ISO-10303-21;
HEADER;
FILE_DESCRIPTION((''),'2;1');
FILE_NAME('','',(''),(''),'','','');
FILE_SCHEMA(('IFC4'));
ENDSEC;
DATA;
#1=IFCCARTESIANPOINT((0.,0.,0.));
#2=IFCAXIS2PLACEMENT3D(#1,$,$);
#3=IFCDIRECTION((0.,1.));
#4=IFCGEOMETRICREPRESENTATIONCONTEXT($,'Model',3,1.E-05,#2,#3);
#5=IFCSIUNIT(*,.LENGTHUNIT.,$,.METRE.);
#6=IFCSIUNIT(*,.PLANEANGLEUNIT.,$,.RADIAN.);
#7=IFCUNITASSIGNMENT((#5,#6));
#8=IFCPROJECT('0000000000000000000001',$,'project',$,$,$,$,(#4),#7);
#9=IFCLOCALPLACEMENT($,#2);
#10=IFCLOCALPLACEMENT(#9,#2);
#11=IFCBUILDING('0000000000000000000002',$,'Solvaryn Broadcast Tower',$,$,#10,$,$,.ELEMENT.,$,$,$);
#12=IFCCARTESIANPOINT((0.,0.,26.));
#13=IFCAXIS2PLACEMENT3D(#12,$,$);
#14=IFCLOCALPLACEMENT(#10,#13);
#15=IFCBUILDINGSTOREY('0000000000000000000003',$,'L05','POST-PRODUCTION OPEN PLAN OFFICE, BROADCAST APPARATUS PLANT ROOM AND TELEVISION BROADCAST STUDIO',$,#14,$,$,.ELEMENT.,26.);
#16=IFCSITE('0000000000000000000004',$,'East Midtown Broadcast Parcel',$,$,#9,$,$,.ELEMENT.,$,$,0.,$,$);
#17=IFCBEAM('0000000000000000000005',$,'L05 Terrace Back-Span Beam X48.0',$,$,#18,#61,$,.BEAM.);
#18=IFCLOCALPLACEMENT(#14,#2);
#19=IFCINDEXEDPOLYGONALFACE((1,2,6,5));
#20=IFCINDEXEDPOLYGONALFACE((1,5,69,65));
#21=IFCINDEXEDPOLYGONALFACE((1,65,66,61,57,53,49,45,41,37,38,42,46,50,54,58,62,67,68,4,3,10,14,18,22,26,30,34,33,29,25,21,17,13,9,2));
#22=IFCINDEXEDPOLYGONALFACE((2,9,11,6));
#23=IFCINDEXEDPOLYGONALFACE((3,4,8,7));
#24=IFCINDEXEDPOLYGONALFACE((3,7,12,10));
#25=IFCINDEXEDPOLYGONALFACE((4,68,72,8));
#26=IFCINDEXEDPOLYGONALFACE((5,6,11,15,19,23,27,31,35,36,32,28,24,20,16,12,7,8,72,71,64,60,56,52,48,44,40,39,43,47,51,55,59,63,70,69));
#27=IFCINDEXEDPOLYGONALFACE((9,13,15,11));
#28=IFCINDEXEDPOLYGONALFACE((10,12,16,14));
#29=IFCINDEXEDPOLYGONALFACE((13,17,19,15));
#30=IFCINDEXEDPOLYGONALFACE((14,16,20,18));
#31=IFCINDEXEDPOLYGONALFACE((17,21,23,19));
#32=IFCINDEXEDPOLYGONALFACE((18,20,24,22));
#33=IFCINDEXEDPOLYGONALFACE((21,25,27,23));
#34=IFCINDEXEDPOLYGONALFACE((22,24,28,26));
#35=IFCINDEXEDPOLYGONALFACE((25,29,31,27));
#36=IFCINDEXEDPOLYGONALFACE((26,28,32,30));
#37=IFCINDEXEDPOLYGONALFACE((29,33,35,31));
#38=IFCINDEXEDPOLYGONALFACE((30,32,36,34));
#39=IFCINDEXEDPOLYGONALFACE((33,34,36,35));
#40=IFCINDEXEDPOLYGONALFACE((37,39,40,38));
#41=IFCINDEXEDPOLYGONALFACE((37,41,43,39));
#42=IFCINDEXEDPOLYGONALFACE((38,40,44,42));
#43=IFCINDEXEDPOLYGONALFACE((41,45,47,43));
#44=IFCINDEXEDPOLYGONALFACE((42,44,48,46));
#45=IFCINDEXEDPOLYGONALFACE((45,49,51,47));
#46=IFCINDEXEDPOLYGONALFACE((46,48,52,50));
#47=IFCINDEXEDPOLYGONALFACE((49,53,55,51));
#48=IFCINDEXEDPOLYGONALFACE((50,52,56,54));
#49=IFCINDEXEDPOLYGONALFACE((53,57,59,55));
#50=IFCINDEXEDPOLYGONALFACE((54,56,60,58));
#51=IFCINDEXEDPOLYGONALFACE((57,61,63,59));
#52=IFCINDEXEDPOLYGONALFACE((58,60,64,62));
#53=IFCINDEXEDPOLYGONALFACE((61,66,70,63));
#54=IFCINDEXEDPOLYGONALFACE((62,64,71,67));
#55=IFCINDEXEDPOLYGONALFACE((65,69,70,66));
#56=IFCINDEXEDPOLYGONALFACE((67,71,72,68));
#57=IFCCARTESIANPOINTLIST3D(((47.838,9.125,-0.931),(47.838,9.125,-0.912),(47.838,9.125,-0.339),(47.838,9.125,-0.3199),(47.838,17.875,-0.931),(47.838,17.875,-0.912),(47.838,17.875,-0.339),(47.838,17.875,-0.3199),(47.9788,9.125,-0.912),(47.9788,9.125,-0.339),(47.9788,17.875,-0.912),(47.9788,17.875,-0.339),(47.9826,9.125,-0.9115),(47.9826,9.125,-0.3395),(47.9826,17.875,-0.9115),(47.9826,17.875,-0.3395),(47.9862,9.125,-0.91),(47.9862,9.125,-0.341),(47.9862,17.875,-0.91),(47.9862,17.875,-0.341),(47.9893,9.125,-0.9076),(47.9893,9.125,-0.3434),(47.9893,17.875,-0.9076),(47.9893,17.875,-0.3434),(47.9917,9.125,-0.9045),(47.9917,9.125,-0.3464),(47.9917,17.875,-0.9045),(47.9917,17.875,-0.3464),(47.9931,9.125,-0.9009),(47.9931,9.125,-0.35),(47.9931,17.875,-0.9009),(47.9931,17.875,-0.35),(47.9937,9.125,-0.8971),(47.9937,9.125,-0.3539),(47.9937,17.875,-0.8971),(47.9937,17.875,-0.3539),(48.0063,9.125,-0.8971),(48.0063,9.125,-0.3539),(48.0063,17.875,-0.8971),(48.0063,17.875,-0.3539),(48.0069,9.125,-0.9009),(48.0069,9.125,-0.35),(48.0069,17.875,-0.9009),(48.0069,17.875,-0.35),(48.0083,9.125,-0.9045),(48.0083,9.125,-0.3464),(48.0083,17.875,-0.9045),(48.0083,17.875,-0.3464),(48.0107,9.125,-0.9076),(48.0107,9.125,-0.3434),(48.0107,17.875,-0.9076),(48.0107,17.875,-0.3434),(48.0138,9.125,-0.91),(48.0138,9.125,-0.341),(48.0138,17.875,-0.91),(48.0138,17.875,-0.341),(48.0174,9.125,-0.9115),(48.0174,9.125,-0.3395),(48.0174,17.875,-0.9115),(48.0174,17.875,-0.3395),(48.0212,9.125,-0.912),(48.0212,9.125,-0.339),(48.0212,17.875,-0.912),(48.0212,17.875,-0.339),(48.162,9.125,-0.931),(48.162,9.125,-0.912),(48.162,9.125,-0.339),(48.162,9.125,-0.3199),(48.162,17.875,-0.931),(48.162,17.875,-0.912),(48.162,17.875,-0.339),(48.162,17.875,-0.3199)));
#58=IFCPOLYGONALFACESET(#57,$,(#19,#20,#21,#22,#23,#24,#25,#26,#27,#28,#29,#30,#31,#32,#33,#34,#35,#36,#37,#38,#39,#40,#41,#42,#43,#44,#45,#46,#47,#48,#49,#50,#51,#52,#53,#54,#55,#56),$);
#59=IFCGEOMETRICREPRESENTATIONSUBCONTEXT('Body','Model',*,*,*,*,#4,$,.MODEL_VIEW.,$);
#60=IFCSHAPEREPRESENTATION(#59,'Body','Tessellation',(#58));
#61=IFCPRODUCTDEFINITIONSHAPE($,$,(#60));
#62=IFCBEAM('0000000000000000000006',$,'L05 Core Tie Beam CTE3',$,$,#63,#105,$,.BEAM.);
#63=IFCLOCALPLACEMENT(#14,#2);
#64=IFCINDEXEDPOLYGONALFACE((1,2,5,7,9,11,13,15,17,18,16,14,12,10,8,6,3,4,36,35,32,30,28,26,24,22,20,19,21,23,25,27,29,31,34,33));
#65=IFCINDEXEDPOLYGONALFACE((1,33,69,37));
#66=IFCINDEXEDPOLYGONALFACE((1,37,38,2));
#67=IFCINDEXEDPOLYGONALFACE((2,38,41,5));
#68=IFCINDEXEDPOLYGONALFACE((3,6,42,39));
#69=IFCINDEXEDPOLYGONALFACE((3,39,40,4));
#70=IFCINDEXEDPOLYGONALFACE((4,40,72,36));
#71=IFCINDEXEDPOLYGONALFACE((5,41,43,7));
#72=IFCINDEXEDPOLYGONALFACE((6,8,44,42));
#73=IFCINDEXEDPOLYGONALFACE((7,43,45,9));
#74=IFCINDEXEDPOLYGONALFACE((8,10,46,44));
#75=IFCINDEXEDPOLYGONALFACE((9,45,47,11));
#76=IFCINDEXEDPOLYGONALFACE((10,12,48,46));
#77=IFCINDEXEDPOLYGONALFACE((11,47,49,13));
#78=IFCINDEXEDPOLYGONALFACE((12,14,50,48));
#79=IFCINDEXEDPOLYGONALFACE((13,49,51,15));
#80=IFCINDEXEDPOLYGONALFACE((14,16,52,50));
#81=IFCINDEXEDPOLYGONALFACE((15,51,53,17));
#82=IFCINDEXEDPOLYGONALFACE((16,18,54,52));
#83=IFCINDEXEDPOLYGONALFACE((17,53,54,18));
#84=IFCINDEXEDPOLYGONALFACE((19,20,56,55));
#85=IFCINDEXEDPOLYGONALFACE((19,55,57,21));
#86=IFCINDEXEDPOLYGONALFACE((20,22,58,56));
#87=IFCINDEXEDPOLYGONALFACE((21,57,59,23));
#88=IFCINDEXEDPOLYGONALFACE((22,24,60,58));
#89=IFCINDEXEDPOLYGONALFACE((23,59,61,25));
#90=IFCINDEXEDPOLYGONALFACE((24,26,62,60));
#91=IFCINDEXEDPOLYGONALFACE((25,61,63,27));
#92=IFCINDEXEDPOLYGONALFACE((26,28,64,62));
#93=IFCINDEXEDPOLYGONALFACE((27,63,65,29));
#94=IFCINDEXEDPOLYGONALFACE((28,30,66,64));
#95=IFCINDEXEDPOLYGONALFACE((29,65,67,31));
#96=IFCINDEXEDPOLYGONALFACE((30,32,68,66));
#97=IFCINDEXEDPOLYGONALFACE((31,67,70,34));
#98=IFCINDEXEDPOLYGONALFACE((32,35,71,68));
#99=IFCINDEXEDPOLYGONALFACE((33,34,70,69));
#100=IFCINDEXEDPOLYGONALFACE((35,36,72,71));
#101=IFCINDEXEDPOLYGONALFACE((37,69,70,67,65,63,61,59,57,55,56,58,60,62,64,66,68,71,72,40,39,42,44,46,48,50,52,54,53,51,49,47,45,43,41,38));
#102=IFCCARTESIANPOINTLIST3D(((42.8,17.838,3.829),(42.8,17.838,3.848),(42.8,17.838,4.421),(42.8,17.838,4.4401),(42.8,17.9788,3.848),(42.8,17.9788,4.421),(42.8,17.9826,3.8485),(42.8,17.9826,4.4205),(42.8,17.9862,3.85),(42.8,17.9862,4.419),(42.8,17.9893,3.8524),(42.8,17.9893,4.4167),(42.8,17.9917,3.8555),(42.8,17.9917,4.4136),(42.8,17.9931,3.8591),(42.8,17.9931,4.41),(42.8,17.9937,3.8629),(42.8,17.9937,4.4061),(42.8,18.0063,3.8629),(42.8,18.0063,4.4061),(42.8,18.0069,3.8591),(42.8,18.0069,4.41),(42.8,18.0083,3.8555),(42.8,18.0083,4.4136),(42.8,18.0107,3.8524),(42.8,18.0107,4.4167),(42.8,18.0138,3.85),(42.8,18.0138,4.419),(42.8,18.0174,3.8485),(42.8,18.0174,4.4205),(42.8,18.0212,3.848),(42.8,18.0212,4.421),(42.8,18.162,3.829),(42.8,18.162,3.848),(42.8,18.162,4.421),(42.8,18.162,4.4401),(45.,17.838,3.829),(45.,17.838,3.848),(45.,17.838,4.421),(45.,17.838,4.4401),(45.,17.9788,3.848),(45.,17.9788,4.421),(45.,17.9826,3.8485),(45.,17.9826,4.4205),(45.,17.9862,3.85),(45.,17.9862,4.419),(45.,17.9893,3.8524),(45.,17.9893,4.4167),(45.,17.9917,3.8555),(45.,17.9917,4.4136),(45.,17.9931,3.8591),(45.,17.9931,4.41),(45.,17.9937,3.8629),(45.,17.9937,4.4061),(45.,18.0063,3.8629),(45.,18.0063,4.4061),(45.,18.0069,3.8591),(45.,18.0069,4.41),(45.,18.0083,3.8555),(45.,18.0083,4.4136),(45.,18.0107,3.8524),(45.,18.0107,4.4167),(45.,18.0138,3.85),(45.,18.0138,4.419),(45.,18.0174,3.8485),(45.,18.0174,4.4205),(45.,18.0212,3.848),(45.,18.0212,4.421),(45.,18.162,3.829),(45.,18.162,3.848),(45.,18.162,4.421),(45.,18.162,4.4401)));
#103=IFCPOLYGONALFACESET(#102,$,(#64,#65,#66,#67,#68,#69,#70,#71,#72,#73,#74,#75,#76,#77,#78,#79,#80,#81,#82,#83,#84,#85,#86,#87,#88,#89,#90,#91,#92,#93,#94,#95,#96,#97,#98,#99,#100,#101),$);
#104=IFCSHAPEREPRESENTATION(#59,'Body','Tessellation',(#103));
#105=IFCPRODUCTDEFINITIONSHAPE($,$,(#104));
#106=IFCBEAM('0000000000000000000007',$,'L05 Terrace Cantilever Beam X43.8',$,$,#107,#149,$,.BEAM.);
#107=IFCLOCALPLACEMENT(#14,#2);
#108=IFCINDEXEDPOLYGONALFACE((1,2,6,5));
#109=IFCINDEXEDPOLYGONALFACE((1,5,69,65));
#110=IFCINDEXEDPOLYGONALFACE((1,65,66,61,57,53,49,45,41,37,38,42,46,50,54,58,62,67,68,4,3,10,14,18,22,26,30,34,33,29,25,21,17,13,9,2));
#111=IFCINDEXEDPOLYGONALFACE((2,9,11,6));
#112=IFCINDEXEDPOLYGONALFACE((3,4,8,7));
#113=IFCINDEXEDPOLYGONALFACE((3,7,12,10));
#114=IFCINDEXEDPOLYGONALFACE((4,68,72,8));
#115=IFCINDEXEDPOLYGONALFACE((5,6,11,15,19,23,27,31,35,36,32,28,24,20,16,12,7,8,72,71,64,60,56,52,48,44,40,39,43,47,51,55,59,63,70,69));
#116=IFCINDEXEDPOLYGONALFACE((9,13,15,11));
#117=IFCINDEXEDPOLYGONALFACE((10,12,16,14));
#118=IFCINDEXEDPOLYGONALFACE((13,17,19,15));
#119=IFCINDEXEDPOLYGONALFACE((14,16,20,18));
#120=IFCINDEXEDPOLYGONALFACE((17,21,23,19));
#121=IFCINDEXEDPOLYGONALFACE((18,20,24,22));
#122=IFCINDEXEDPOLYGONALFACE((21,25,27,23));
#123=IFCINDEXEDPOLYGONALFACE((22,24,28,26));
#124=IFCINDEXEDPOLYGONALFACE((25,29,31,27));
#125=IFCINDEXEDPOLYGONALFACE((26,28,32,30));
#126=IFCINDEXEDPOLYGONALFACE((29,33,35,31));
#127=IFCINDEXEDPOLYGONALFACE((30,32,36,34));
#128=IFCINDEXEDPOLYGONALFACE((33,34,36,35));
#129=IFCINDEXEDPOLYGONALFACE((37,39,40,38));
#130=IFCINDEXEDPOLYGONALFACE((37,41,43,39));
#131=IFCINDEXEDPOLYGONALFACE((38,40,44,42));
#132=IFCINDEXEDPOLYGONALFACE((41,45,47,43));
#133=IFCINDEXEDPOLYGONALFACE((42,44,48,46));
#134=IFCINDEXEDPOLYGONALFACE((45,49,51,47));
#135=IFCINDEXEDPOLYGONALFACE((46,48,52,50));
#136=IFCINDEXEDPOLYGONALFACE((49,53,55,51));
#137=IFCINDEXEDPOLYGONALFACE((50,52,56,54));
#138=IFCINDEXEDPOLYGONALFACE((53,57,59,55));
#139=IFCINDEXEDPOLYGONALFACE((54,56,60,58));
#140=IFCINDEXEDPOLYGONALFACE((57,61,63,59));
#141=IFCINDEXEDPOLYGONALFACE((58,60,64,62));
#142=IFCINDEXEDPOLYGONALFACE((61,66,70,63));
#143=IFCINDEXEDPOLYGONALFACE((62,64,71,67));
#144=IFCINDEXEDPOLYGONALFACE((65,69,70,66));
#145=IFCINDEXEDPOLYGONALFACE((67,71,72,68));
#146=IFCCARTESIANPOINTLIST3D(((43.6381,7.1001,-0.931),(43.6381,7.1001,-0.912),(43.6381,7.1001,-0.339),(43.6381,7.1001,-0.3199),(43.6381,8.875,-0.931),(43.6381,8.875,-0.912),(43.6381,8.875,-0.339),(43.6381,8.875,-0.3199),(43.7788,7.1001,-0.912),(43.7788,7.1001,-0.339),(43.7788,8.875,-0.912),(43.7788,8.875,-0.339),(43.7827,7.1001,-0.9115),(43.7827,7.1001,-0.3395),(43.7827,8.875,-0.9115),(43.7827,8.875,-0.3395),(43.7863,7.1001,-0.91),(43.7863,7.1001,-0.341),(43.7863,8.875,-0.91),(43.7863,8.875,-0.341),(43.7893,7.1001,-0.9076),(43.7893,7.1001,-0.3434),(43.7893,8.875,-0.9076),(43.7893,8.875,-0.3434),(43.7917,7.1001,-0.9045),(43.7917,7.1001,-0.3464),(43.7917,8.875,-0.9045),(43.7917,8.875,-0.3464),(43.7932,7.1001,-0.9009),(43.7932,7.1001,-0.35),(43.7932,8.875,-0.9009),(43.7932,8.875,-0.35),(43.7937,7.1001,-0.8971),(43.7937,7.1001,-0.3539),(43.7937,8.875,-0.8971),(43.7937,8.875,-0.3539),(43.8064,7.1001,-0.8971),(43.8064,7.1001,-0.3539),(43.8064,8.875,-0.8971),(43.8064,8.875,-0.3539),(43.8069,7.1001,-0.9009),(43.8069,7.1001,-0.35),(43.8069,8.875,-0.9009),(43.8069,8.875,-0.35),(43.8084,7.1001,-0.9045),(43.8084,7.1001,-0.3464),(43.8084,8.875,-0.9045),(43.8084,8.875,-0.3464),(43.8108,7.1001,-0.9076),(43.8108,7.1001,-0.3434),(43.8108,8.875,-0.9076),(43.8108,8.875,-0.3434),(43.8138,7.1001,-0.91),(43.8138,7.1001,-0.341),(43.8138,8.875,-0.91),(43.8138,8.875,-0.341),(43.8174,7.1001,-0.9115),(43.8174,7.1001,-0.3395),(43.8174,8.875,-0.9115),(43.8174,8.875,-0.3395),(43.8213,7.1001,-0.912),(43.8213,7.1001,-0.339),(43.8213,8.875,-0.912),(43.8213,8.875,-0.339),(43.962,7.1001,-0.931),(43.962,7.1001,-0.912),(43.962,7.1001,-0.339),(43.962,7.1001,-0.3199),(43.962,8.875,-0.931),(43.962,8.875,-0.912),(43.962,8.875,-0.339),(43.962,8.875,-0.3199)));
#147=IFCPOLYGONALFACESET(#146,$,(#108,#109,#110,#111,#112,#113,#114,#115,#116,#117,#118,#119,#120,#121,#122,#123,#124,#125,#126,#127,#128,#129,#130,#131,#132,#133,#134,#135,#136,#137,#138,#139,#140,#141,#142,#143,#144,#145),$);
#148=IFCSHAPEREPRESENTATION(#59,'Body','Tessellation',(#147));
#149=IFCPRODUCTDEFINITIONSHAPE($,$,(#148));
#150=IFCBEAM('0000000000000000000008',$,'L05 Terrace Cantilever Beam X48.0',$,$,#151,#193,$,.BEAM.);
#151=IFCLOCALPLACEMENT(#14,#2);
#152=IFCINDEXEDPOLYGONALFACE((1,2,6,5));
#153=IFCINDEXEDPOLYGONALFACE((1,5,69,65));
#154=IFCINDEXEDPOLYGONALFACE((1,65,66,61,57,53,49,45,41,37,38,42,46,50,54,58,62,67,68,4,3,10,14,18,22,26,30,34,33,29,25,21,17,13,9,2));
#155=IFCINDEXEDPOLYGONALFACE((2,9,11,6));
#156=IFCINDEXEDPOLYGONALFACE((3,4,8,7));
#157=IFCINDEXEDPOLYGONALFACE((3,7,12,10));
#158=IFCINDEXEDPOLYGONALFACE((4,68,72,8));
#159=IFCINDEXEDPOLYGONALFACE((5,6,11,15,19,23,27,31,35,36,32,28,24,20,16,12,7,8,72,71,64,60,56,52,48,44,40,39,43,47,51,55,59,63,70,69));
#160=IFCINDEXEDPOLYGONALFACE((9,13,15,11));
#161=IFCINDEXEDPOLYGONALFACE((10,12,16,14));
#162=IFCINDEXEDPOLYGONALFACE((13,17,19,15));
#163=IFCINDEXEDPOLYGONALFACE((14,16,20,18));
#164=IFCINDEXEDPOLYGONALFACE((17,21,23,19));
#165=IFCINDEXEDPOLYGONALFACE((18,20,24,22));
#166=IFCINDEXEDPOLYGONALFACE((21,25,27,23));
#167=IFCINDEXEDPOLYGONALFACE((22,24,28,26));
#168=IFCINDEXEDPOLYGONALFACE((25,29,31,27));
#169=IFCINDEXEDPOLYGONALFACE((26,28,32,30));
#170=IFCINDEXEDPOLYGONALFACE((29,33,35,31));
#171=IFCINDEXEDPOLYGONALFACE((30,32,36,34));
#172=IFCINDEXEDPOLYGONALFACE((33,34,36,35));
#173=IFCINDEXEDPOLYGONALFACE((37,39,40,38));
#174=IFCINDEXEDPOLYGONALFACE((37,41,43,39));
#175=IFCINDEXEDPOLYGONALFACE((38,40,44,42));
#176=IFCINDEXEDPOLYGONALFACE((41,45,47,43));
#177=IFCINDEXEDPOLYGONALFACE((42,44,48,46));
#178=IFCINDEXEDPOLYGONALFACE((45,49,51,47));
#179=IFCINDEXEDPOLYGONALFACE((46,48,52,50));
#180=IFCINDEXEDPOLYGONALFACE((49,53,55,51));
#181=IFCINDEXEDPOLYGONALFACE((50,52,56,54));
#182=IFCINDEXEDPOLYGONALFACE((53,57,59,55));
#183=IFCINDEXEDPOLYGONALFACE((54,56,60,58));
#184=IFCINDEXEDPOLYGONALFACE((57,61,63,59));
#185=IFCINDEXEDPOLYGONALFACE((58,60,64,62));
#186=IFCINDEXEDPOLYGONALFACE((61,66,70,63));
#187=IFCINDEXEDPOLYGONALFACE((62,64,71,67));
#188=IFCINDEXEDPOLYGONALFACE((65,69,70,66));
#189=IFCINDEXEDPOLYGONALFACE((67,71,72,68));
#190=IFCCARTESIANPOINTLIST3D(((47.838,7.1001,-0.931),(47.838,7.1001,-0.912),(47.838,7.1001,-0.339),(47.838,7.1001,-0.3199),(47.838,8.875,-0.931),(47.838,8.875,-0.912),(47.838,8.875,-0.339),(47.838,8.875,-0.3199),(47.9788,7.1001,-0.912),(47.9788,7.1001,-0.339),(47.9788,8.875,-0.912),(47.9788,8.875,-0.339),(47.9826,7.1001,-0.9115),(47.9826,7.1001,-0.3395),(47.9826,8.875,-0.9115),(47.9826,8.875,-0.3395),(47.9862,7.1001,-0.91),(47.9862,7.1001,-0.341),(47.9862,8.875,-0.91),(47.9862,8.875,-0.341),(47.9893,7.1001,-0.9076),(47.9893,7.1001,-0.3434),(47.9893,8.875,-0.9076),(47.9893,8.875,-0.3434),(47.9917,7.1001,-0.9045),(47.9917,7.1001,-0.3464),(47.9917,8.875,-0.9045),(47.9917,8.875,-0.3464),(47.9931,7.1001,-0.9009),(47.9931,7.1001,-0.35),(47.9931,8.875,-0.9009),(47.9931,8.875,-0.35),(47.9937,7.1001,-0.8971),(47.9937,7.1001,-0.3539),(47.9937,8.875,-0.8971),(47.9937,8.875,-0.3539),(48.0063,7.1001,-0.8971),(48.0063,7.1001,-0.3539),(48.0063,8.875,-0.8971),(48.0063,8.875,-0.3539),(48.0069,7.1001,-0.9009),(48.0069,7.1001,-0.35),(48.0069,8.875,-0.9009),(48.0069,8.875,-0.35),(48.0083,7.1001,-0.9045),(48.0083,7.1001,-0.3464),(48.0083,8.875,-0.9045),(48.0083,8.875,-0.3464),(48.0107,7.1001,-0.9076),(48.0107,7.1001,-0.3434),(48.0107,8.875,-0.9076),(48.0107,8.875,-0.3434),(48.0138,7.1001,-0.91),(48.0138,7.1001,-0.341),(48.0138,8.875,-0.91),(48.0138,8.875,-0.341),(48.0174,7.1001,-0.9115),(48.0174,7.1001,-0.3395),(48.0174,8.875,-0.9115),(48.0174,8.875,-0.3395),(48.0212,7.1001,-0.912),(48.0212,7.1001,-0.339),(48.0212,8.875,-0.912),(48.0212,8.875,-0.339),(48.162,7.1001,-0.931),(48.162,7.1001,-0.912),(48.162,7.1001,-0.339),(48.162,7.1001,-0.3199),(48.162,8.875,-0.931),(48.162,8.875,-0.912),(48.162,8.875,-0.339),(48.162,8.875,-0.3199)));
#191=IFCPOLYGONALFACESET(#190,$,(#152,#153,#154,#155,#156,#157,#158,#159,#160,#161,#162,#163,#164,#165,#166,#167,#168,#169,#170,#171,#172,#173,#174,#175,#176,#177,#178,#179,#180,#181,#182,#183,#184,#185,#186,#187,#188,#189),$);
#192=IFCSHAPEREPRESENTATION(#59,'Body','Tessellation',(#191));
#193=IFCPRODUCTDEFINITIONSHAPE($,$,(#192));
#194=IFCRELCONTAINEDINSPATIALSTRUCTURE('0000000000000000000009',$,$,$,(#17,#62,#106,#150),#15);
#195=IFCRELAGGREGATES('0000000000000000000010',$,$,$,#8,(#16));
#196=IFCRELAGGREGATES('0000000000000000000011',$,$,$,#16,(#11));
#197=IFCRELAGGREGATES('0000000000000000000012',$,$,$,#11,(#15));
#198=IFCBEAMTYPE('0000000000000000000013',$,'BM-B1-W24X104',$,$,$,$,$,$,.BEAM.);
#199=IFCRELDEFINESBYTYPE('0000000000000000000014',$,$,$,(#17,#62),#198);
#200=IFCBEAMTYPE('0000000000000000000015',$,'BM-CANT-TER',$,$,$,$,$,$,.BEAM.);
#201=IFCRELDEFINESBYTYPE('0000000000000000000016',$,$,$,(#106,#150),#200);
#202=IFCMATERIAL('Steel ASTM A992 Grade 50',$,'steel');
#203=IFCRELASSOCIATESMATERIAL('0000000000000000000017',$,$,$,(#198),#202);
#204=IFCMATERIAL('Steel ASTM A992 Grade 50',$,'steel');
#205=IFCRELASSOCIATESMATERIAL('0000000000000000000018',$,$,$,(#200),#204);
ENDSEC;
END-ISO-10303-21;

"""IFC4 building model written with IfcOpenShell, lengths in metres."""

from ifc_helpers import new_model, si_unit, direction, frame, origin, origin_2d, place, context, subcontext, project, spatial, i_section, extrude, material, material_profile, profile_set, type_object, element, save


model = new_model("IFC4")

# Units and contexts
model_context = context("Model", 3, precision=1e-05, world=origin(), true_north=direction((0.0, 1.0)))
body_context = subcontext(model_context, "Body", "Model", "MODEL_VIEW")
ifc_project = project(units=[si_unit("LENGTHUNIT", "METRE"), si_unit("PLANEANGLEUNIT", "RADIAN")], contexts=[model_context])

# Site, building, storey
site_placement = place(None, origin())
site = spatial("IfcSite", under=ifc_project, at=site_placement, Name="East Midtown Broadcast Parcel", CompositionType="ELEMENT", RefElevation=0.0)
building_placement = place(site_placement, origin())
building = spatial("IfcBuilding", under=site, at=building_placement, Name="Solvaryn Broadcast Tower", CompositionType="ELEMENT")
storey_placement = place(building_placement, frame((0.0, 0.0, 26.0)))
storey = spatial("IfcBuildingStorey", under=building, at=storey_placement, Name="L05", Description="POST-PRODUCTION OPEN PLAN OFFICE, BROADCAST APPARATUS PLANT ROOM AND TELEVISION BROADCAST STUDIO", CompositionType="ELEMENT", Elevation=26.0)

# Beams
ifc_material_1 = material(Name="Steel ASTM A992 Grade 50", Category="steel")
ifc_material_profile_1 = material_profile(ifc_material_1, i_section(OverallWidth=0.324, OverallDepth=0.6111, WebThickness=0.0127, FlangeThickness=0.019, FilletRadius=0.0149, at=origin_2d()))
ifc_profile_set_1 = profile_set([ifc_material_profile_1], Name="Steel ASTM A992 Grade 50")
beam_type_1 = type_object("IfcBeamType", Name="BM-B1-W24X104", PredefinedType="BEAM", material=ifc_profile_set_1)
for number, where, z_axis, x_axis, name in (
    (1, (48.0, 17.875, -0.6255), (0.0, -1.0, 0.0), (1.0, 0.0, 0.0), "L05 Terrace Back-Span Beam X48.0"),
):
    element("IfcBeam", number, at=place(storey_placement, frame(where, z_axis=z_axis, x_axis=x_axis)), inside=storey, type_object=beam_type_1, Name=name, PredefinedType="BEAM", context=body_context, shape_type="SweptSolid", body=[
        extrude(i_section(OverallWidth=0.324, OverallDepth=0.6111, WebThickness=0.0127, FlangeThickness=0.019, FilletRadius=0.0149, at=origin_2d()), origin(), (0.0, 0.0, 1.0), 8.75),
    ])
beam_1_placement = place(storey_placement, frame((42.8, 18.0, 4.1345), z_axis=(1.0, 0.0, 0.0), x_axis=(0.0, 1.0, 0.0)))
element("IfcBeam", 2, at=beam_1_placement, inside=storey, type_object=beam_type_1, Name="L05 Core Tie Beam CTE3", PredefinedType="BEAM", context=body_context, shape_type="SweptSolid", body=[
    extrude(i_section(OverallWidth=0.324, OverallDepth=0.6111, WebThickness=0.0127, FlangeThickness=0.019, FilletRadius=0.0149, at=origin_2d()), origin(), (0.0, 0.0, 1.0), 2.2),
])
ifc_material_2 = material(Name="Steel ASTM A992 Grade 50", Category="steel")
ifc_material_profile_2 = material_profile(ifc_material_2, i_section(OverallWidth=0.324, OverallDepth=0.6111, WebThickness=0.0127, FlangeThickness=0.019, FilletRadius=0.0149, at=origin_2d()))
ifc_profile_set_2 = profile_set([ifc_material_profile_2], Name="Steel ASTM A992 Grade 50")
beam_type_2 = type_object("IfcBeamType", Name="BM-CANT-TER", PredefinedType="BEAM", material=ifc_profile_set_2)
for number, where, z_axis, x_axis, name in (
    (3, (43.8, 8.875, -0.6255), (0.0, -1.0, 0.0), (1.0, 0.0, 0.0), "L05 Terrace Cantilever Beam X43.8"),
    (4, (48.0, 8.875, -0.6255), (0.0, -1.0, 0.0), (1.0, 0.0, 0.0), "L05 Terrace Cantilever Beam X48.0"),
):
    element("IfcBeam", number, at=place(storey_placement, frame(where, z_axis=z_axis, x_axis=x_axis)), inside=storey, type_object=beam_type_2, Name=name, PredefinedType="BEAM", context=body_context, shape_type="SweptSolid", body=[
        extrude(i_section(OverallWidth=0.324, OverallDepth=0.6111, WebThickness=0.0127, FlangeThickness=0.019, FilletRadius=0.0149, at=origin_2d()), origin(), (0.0, 0.0, 1.0), 1.7749),
    ])

save(model, "model.ifc")
